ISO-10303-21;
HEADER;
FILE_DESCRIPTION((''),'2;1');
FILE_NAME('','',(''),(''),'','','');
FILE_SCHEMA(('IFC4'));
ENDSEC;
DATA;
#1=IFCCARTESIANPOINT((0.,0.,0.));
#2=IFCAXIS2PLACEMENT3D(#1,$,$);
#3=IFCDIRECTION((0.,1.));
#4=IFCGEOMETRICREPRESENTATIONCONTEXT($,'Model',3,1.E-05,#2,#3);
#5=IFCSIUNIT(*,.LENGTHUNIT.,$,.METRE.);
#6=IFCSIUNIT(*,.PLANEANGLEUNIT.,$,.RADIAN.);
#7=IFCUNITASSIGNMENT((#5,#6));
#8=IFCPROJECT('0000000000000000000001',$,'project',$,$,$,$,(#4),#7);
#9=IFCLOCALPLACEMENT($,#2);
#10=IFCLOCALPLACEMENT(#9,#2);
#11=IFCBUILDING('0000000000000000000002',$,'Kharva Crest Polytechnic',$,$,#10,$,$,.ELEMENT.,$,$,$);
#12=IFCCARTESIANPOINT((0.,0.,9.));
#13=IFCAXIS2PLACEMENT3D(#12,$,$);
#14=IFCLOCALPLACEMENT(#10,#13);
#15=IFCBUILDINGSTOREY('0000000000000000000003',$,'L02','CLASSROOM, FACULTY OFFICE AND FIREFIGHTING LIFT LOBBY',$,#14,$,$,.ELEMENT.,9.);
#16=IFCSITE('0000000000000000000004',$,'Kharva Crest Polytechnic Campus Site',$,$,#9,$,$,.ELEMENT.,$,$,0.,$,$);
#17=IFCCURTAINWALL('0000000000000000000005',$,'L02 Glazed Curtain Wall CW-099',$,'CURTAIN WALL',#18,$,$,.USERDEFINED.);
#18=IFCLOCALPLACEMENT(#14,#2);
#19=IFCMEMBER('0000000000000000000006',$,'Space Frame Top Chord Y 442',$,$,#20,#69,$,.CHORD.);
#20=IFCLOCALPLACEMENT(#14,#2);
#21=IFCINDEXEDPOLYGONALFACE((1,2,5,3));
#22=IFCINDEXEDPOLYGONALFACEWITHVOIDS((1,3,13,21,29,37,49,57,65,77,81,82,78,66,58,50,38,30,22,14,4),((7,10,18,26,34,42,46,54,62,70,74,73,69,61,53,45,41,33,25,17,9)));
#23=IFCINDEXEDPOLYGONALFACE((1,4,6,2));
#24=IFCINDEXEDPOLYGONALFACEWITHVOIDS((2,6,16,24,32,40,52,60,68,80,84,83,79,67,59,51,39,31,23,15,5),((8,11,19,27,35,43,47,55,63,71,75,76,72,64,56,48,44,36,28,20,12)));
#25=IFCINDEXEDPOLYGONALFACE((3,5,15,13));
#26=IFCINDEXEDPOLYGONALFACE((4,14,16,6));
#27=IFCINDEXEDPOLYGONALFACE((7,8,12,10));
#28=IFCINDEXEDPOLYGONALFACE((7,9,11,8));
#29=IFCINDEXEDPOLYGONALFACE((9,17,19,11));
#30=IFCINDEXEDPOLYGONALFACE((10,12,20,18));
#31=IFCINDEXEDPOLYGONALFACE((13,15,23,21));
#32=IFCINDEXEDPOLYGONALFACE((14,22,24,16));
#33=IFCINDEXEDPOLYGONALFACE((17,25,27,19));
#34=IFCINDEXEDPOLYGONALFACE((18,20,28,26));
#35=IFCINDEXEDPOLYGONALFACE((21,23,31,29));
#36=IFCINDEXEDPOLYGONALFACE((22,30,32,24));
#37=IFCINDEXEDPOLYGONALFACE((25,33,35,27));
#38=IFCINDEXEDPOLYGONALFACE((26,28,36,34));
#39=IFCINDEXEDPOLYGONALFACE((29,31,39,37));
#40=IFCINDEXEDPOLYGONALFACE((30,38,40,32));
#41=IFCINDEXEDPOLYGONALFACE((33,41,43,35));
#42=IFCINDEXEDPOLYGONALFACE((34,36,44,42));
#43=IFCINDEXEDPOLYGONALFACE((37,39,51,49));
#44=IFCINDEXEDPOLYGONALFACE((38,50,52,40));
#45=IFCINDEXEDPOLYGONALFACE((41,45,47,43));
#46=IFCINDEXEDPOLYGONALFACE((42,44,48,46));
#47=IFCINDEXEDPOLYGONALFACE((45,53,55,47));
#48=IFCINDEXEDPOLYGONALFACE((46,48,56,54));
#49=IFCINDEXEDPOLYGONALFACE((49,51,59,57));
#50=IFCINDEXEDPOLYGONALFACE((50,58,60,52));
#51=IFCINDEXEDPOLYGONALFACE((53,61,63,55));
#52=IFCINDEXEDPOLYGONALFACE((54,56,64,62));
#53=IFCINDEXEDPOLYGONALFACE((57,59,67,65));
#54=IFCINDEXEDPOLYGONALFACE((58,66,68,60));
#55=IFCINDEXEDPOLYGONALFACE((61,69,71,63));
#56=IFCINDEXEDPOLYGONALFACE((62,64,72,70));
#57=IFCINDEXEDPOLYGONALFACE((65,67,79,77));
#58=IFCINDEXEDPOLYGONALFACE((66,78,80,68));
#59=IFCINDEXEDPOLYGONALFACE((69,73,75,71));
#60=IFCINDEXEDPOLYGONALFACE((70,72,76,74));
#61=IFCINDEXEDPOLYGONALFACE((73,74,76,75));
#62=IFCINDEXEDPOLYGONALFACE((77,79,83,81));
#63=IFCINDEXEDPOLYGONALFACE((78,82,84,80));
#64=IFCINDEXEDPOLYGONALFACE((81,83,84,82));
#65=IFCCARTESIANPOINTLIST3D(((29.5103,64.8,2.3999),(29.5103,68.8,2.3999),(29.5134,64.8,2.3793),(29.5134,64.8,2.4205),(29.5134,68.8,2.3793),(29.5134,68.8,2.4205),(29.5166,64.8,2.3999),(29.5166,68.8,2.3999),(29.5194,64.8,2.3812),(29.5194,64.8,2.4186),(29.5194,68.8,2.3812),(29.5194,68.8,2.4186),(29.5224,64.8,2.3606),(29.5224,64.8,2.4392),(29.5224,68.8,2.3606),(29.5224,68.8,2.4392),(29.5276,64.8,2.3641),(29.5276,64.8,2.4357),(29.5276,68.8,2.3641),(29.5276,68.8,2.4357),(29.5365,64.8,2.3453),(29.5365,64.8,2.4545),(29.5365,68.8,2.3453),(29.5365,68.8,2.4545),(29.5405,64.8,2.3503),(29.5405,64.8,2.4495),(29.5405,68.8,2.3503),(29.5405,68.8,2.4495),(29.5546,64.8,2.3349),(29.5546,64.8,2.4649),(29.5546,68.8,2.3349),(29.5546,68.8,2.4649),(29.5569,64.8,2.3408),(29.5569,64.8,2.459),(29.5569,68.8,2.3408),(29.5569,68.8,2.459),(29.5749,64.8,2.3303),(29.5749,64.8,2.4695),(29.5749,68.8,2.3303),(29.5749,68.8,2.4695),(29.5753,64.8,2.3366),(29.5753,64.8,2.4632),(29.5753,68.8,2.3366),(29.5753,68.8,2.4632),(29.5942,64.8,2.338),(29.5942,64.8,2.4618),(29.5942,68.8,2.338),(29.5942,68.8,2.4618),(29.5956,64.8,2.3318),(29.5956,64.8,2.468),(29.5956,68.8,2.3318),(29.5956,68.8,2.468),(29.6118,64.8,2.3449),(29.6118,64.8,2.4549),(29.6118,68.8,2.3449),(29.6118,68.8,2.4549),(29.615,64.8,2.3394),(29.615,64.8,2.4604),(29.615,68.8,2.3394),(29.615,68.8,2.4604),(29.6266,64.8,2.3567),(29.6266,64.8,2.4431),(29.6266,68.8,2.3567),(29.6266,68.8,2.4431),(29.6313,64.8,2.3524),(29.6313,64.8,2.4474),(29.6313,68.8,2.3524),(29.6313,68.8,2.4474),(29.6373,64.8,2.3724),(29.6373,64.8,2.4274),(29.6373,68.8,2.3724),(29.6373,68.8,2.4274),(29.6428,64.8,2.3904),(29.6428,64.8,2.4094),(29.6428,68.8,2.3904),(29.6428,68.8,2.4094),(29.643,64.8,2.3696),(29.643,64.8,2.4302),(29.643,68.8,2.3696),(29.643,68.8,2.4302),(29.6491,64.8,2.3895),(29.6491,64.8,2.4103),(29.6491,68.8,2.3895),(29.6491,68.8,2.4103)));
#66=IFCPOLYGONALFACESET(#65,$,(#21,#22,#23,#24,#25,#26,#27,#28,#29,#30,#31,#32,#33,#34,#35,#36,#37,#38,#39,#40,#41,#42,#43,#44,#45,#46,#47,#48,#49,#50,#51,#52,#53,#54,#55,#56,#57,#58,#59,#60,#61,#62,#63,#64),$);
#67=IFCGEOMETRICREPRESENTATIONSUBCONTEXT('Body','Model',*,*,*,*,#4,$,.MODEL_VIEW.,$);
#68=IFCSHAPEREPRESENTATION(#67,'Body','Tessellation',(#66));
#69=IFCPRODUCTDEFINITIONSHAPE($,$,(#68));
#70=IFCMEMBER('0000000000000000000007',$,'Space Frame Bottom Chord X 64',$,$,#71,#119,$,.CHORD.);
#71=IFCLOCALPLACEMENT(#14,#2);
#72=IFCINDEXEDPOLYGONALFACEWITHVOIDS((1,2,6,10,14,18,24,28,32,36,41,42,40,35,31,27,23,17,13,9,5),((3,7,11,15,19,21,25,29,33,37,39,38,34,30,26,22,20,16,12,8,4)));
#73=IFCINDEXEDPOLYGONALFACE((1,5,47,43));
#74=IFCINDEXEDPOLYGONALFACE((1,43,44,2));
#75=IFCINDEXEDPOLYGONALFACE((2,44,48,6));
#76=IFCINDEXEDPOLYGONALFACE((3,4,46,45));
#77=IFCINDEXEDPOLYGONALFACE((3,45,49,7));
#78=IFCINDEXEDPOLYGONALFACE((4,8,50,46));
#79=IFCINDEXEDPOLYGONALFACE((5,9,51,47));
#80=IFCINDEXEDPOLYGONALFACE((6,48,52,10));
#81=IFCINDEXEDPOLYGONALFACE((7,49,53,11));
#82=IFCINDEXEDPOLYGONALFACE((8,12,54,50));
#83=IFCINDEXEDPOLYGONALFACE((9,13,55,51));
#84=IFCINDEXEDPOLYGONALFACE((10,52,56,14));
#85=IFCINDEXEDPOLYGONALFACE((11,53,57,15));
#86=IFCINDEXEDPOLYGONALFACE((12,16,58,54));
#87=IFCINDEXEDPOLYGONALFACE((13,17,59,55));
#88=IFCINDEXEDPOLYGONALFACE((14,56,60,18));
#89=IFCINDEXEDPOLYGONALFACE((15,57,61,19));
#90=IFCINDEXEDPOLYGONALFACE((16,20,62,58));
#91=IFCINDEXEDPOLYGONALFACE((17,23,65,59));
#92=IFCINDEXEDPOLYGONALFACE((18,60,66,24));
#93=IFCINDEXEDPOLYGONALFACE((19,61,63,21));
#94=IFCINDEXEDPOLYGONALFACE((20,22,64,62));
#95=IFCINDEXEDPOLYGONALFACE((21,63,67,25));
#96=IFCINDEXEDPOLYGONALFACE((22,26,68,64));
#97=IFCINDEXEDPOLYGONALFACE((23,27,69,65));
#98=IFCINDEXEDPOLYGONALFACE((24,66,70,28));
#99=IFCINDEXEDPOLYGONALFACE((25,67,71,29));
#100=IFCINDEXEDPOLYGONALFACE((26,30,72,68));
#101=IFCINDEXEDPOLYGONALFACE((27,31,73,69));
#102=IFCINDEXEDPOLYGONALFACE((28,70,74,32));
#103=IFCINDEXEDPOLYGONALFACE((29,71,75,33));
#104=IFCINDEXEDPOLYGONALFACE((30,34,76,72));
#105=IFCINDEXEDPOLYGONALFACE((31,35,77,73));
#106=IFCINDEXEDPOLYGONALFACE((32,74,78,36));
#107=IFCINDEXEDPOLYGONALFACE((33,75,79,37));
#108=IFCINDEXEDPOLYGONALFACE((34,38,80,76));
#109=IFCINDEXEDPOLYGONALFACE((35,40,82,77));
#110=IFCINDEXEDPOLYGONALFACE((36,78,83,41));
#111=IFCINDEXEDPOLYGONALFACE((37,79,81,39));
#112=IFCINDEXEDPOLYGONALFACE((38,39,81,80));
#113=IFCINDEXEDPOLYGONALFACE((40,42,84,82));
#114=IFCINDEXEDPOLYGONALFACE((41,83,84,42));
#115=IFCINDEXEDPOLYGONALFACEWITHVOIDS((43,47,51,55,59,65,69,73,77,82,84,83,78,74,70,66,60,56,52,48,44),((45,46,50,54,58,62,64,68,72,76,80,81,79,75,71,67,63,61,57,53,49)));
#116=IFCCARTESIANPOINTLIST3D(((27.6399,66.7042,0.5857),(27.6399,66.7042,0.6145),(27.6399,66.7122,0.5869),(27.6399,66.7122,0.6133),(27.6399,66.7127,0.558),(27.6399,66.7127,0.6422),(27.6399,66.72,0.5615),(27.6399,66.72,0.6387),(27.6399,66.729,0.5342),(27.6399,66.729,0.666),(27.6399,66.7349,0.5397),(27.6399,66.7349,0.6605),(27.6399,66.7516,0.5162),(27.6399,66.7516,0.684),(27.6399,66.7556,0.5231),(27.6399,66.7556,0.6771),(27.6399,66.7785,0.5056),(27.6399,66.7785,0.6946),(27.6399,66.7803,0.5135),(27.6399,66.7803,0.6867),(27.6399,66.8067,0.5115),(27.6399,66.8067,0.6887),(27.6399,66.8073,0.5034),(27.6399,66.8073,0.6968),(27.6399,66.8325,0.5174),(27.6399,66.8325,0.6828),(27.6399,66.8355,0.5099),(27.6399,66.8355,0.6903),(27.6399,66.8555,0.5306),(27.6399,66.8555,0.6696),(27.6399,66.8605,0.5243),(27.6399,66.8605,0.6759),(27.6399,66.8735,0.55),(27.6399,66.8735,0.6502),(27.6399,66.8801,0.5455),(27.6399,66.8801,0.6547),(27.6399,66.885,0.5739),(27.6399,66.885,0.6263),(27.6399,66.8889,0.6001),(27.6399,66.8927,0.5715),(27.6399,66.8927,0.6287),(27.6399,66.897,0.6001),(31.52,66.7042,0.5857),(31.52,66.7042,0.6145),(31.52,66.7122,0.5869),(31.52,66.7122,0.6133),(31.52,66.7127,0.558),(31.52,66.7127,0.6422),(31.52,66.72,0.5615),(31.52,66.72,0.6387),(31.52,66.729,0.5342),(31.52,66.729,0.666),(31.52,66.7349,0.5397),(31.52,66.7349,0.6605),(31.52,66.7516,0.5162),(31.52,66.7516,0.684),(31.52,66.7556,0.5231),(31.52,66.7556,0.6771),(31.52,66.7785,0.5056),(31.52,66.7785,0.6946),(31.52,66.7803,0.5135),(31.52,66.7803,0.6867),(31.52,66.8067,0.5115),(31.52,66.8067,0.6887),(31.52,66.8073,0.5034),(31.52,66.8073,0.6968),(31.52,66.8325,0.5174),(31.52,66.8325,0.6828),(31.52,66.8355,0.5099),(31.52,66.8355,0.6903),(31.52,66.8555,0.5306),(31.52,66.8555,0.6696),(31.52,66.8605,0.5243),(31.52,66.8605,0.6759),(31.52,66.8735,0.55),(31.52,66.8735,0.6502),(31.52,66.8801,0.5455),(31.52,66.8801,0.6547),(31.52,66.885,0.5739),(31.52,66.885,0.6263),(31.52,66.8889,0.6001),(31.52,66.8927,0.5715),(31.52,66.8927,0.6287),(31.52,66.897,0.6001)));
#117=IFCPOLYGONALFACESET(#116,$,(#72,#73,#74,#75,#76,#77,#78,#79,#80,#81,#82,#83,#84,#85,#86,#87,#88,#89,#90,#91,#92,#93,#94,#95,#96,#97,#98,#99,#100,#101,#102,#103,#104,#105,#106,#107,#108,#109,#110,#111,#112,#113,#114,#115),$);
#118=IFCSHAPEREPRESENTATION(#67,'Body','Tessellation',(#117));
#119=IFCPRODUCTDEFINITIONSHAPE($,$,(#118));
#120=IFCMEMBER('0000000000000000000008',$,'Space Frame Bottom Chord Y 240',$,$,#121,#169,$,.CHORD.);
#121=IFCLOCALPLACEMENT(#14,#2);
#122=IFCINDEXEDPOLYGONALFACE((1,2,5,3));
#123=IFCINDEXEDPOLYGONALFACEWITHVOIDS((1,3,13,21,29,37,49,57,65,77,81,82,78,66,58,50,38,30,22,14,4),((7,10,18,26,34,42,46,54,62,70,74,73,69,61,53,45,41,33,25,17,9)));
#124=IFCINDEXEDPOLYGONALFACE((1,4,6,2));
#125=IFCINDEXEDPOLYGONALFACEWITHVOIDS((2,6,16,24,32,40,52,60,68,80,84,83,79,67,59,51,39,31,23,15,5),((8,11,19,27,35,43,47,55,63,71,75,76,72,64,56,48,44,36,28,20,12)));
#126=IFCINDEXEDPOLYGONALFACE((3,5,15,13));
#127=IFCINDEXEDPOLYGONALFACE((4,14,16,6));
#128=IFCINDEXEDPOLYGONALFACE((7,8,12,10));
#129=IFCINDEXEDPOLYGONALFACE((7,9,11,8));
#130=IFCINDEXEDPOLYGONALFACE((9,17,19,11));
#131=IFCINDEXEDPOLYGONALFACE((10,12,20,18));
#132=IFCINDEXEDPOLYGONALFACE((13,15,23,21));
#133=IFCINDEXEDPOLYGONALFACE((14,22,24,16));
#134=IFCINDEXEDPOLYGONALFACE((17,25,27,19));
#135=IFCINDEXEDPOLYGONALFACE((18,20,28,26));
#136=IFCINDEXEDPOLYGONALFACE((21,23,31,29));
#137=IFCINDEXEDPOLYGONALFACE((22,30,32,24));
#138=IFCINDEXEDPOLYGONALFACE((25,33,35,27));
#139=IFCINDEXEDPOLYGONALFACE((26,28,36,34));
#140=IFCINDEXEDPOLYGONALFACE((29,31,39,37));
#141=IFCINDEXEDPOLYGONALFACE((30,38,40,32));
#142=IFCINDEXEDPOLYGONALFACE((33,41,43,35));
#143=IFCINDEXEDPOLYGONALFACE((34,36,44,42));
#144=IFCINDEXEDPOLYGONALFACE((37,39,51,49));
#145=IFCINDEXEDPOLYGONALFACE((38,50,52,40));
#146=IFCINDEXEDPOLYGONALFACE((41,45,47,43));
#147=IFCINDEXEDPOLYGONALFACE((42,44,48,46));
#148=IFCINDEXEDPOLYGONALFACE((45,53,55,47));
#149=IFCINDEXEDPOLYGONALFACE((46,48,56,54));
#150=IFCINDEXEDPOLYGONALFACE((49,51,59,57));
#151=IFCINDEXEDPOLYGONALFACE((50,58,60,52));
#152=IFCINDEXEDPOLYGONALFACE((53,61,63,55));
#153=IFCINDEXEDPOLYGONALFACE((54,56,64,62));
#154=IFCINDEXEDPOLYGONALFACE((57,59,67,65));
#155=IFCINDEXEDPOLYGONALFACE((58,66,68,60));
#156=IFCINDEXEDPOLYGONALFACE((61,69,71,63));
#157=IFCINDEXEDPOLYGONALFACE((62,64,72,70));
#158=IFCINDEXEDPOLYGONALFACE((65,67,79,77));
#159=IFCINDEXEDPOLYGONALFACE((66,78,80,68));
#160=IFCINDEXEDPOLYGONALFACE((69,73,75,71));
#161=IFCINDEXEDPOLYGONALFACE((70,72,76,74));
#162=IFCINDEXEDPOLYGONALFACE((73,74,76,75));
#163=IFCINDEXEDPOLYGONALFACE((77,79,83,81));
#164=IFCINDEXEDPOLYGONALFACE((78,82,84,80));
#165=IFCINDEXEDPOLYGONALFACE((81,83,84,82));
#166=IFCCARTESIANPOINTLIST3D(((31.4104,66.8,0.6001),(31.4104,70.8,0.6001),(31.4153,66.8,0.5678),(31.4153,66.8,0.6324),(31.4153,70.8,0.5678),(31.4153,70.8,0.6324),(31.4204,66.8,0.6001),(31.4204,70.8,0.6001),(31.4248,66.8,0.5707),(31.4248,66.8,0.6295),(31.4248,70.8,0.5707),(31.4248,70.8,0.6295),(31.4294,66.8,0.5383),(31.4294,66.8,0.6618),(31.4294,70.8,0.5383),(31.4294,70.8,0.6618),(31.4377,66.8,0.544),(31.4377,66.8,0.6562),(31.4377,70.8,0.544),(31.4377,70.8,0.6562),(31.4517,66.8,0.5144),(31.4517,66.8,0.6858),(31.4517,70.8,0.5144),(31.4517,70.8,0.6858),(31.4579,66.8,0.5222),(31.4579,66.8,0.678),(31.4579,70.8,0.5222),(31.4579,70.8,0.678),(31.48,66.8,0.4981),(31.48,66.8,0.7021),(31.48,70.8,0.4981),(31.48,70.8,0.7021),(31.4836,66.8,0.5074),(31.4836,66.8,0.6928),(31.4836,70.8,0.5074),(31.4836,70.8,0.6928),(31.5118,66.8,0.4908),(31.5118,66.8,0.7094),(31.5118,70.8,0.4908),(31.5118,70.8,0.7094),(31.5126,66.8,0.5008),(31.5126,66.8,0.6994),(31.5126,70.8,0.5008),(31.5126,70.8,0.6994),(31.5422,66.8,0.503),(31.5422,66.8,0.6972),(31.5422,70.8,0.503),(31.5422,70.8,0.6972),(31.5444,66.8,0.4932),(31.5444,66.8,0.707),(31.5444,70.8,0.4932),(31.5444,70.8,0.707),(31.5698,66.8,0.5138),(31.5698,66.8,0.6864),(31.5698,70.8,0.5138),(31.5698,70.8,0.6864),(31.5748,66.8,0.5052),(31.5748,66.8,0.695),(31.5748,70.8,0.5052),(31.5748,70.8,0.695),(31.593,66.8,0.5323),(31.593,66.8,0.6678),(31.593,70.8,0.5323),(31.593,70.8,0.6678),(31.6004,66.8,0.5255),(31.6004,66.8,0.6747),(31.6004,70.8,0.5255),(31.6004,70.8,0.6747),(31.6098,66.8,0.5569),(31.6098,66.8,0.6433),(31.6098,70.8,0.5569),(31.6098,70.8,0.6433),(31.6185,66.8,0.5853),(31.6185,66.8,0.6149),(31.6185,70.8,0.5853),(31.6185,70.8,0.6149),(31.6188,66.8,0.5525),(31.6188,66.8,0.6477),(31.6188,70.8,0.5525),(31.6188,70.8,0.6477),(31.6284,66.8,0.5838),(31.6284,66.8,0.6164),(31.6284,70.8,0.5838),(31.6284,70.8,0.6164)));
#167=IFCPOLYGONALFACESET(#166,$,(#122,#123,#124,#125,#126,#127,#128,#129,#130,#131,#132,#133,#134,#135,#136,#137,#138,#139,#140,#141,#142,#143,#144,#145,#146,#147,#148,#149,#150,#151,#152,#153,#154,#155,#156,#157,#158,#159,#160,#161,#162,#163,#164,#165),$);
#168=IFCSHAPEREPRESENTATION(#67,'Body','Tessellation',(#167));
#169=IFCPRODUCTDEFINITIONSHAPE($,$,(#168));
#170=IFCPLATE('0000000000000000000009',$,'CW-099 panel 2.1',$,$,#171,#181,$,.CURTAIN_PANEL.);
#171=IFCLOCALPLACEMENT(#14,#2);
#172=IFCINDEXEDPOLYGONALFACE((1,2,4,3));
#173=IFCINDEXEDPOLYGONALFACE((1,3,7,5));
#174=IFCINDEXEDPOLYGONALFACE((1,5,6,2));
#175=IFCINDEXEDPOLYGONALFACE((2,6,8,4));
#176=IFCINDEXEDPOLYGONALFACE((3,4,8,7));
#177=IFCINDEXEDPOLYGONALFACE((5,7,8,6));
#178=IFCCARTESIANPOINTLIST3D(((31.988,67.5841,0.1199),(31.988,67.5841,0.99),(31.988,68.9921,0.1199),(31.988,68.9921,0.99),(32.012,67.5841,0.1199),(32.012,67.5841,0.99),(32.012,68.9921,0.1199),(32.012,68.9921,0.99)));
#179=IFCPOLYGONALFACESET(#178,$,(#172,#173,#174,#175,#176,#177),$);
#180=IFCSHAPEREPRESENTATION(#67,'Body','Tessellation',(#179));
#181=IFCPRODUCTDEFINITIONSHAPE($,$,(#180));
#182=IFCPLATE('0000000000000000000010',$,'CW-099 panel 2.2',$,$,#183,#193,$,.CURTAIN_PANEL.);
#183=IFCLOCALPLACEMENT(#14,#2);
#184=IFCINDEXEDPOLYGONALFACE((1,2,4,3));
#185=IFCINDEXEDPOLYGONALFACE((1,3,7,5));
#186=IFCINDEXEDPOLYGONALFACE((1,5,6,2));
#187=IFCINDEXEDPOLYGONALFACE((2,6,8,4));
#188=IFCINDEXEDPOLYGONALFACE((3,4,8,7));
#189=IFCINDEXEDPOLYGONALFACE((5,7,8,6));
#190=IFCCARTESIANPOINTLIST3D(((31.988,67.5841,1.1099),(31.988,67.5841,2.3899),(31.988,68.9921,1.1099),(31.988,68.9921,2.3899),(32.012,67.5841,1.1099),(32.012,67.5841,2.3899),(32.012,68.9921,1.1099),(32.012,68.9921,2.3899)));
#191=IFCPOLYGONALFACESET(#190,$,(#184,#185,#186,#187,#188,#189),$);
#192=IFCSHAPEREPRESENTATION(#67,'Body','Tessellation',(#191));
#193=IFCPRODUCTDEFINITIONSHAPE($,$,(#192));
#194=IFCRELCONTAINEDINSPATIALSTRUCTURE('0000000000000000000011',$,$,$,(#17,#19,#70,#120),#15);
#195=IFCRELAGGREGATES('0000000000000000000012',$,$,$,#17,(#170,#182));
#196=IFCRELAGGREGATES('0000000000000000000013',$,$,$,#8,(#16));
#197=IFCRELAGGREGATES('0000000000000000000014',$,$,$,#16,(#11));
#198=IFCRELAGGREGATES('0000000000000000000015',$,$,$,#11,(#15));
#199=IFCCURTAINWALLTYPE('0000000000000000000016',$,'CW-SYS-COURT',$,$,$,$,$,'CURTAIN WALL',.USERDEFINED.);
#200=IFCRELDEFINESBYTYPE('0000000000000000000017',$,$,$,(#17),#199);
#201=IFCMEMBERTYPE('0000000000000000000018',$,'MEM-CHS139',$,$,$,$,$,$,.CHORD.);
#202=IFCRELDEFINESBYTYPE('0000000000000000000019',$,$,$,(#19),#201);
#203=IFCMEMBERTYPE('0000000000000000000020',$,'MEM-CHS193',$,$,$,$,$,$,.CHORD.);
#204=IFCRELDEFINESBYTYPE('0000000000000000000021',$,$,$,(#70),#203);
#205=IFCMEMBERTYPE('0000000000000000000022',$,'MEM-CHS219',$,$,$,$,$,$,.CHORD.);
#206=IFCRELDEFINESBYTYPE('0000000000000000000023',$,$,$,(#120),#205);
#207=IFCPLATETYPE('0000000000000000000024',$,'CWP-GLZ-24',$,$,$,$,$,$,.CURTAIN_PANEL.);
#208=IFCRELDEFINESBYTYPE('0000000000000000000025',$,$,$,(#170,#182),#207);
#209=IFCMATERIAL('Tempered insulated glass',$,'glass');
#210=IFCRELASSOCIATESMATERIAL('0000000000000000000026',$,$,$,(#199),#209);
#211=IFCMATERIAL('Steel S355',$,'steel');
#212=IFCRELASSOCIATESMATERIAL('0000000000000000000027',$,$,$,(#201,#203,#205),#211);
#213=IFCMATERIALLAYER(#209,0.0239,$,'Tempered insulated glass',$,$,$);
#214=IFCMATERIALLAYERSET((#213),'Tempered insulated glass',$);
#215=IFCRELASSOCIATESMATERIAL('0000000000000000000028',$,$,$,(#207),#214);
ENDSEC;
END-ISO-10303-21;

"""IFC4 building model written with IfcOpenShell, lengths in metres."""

from ifc_helpers import new_model, si_unit, direction, frame, origin, origin_2d, place, context, subcontext, project, spatial, rectangle, hollow_circle, extrude, material, layer, layer_set, material_profile, profile_set, type_object, element, aggregate, save


model = new_model("IFC4")

# Units and contexts
model_context = context("Model", 3, precision=1e-05, world=origin(), true_north=direction((0.0, 1.0)))
body_context = subcontext(model_context, "Body", "Model", "MODEL_VIEW")
ifc_project = project(units=[si_unit("LENGTHUNIT", "METRE"), si_unit("PLANEANGLEUNIT", "RADIAN")], contexts=[model_context])

# Site, building, storey
site_placement = place(None, origin())
site = spatial("IfcSite", under=ifc_project, at=site_placement, Name="Kharva Crest Polytechnic Campus Site", CompositionType="ELEMENT", RefElevation=0.0)
building_placement = place(site_placement, origin())
building = spatial("IfcBuilding", under=site, at=building_placement, Name="Kharva Crest Polytechnic", CompositionType="ELEMENT")
storey_placement = place(building_placement, frame((0.0, 0.0, 9.0)))
storey = spatial("IfcBuildingStorey", under=building, at=storey_placement, Name="L02", Description="CLASSROOM, FACULTY OFFICE AND FIREFIGHTING LIFT LOBBY", CompositionType="ELEMENT", Elevation=9.0)

# Shared definitions
ifc_material_1 = material(Name="Steel S355", Category="steel")

# Curtain wall
ifc_material_2 = material(Name="Tempered insulated glass", Category="glass")
curtain_wall_type = type_object("IfcCurtainWallType", Name="CW-SYS-COURT", ElementType="CURTAIN WALL", PredefinedType="USERDEFINED", material=ifc_material_2)
curtain_wall_placement = place(storey_placement, origin())
curtain_wall = element("IfcCurtainWall", 1, at=curtain_wall_placement, inside=storey, type_object=curtain_wall_type, Name="L02 Glazed Curtain Wall CW-099", ObjectType="CURTAIN WALL", PredefinedType="USERDEFINED")

# Members
ifc_material_profile_1 = material_profile(ifc_material_1, hollow_circle(Radius=0.0698, WallThickness=0.0063, at=origin_2d()), Name="CHS 139.7X6.3")
ifc_profile_set_1 = profile_set([ifc_material_profile_1], Name="Steel S355")
member_type_1 = type_object("IfcMemberType", Name="MEM-CHS139", PredefinedType="CHORD", material=ifc_profile_set_1)
for number, where, z_axis, x_axis, name in (
    (2, (29.5801, 64.8, 2.3999), (0.0, 1.0, 0.0), (-1.0, 0.0, 0.0), "Space Frame Top Chord Y 442"),
):
    element("IfcMember", number, at=place(storey_placement, frame(where, z_axis=z_axis, x_axis=x_axis)), inside=storey, type_object=member_type_1, Name=name, PredefinedType="CHORD", context=body_context, shape_type="SweptSolid", body=[
        extrude(hollow_circle(Radius=0.0698, WallThickness=0.0063, at=origin_2d()), origin(), (0.0, 0.0, 1.0), 4.0),
    ])
ifc_material_profile_2 = material_profile(ifc_material_1, hollow_circle(Radius=0.0969, WallThickness=0.0081, at=origin_2d()), Name="CHS 193.7X8.0")
ifc_profile_set_2 = profile_set([ifc_material_profile_2], Name="Steel S355")
member_type_2 = type_object("IfcMemberType", Name="MEM-CHS193", PredefinedType="CHORD", material=ifc_profile_set_2)
member_1_placement = place(storey_placement, frame((27.6399, 66.8, 0.6001), z_axis=(1.0, 0.0, 0.0), x_axis=(0.0, 1.0, 0.0)))
element("IfcMember", 3, at=member_1_placement, inside=storey, type_object=member_type_2, Name="Space Frame Bottom Chord X 64", PredefinedType="CHORD", context=body_context, shape_type="SweptSolid", body=[
    extrude(hollow_circle(Radius=0.0969, WallThickness=0.0081, at=origin_2d()), origin(), (0.0, 0.0, 1.0), 3.8801),
])
ifc_material_profile_3 = material_profile(ifc_material_1, hollow_circle(Radius=0.1096, WallThickness=0.01, at=origin_2d()), Name="CHS 219.1X10.0")
ifc_profile_set_3 = profile_set([ifc_material_profile_3], Name="Steel S355")
member_type_3 = type_object("IfcMemberType", Name="MEM-CHS219", PredefinedType="CHORD", material=ifc_profile_set_3)
member_2_placement = place(storey_placement, frame((31.52, 66.8, 0.6001), z_axis=(0.0, 1.0, 0.0), x_axis=(-1.0, 0.0, 0.0)))
element("IfcMember", 4, at=member_2_placement, inside=storey, type_object=member_type_3, Name="Space Frame Bottom Chord Y 240", PredefinedType="CHORD", context=body_context, shape_type="SweptSolid", body=[
    extrude(hollow_circle(Radius=0.1096, WallThickness=0.01, at=origin_2d()), origin(), (0.0, 0.0, 1.0), 4.0),
])

# Plates
ifc_layer = layer(ifc_material_2, 0.0239, Name="Tempered insulated glass")
ifc_layer_set = layer_set([ifc_layer], Name="Tempered insulated glass")
plate_type = type_object("IfcPlateType", Name="CWP-GLZ-24", PredefinedType="CURTAIN_PANEL", material=ifc_layer_set)
plate_1_placement = place(storey_placement, frame((32.0, 68.2881, 0.1199), z_axis=(0.0, 0.0, 1.0), x_axis=(0.0, -1.0, 0.0)))
plate_1 = element("IfcPlate", 5, at=plate_1_placement, type_object=plate_type, Name="CW-099 panel 2.1", PredefinedType="CURTAIN_PANEL", context=body_context, shape_type="SweptSolid", body=[
    extrude(rectangle(XDim=1.408, YDim=0.0239, at=origin_2d()), origin(), (0.0, 0.0, 1.0), 0.8701),
])
plate_2_placement = place(storey_placement, frame((32.0, 68.2881, 1.1099), z_axis=(0.0, 0.0, 1.0), x_axis=(0.0, -1.0, 0.0)))
plate_2 = element("IfcPlate", 6, at=plate_2_placement, type_object=plate_type, Name="CW-099 panel 2.2", PredefinedType="CURTAIN_PANEL", context=body_context, shape_type="SweptSolid", body=[
    extrude(rectangle(XDim=1.408, YDim=0.0239, at=origin_2d()), origin(), (0.0, 0.0, 1.0), 1.28),
])
aggregate(curtain_wall, [plate_1, plate_2])

save(model, "model.ifc")
